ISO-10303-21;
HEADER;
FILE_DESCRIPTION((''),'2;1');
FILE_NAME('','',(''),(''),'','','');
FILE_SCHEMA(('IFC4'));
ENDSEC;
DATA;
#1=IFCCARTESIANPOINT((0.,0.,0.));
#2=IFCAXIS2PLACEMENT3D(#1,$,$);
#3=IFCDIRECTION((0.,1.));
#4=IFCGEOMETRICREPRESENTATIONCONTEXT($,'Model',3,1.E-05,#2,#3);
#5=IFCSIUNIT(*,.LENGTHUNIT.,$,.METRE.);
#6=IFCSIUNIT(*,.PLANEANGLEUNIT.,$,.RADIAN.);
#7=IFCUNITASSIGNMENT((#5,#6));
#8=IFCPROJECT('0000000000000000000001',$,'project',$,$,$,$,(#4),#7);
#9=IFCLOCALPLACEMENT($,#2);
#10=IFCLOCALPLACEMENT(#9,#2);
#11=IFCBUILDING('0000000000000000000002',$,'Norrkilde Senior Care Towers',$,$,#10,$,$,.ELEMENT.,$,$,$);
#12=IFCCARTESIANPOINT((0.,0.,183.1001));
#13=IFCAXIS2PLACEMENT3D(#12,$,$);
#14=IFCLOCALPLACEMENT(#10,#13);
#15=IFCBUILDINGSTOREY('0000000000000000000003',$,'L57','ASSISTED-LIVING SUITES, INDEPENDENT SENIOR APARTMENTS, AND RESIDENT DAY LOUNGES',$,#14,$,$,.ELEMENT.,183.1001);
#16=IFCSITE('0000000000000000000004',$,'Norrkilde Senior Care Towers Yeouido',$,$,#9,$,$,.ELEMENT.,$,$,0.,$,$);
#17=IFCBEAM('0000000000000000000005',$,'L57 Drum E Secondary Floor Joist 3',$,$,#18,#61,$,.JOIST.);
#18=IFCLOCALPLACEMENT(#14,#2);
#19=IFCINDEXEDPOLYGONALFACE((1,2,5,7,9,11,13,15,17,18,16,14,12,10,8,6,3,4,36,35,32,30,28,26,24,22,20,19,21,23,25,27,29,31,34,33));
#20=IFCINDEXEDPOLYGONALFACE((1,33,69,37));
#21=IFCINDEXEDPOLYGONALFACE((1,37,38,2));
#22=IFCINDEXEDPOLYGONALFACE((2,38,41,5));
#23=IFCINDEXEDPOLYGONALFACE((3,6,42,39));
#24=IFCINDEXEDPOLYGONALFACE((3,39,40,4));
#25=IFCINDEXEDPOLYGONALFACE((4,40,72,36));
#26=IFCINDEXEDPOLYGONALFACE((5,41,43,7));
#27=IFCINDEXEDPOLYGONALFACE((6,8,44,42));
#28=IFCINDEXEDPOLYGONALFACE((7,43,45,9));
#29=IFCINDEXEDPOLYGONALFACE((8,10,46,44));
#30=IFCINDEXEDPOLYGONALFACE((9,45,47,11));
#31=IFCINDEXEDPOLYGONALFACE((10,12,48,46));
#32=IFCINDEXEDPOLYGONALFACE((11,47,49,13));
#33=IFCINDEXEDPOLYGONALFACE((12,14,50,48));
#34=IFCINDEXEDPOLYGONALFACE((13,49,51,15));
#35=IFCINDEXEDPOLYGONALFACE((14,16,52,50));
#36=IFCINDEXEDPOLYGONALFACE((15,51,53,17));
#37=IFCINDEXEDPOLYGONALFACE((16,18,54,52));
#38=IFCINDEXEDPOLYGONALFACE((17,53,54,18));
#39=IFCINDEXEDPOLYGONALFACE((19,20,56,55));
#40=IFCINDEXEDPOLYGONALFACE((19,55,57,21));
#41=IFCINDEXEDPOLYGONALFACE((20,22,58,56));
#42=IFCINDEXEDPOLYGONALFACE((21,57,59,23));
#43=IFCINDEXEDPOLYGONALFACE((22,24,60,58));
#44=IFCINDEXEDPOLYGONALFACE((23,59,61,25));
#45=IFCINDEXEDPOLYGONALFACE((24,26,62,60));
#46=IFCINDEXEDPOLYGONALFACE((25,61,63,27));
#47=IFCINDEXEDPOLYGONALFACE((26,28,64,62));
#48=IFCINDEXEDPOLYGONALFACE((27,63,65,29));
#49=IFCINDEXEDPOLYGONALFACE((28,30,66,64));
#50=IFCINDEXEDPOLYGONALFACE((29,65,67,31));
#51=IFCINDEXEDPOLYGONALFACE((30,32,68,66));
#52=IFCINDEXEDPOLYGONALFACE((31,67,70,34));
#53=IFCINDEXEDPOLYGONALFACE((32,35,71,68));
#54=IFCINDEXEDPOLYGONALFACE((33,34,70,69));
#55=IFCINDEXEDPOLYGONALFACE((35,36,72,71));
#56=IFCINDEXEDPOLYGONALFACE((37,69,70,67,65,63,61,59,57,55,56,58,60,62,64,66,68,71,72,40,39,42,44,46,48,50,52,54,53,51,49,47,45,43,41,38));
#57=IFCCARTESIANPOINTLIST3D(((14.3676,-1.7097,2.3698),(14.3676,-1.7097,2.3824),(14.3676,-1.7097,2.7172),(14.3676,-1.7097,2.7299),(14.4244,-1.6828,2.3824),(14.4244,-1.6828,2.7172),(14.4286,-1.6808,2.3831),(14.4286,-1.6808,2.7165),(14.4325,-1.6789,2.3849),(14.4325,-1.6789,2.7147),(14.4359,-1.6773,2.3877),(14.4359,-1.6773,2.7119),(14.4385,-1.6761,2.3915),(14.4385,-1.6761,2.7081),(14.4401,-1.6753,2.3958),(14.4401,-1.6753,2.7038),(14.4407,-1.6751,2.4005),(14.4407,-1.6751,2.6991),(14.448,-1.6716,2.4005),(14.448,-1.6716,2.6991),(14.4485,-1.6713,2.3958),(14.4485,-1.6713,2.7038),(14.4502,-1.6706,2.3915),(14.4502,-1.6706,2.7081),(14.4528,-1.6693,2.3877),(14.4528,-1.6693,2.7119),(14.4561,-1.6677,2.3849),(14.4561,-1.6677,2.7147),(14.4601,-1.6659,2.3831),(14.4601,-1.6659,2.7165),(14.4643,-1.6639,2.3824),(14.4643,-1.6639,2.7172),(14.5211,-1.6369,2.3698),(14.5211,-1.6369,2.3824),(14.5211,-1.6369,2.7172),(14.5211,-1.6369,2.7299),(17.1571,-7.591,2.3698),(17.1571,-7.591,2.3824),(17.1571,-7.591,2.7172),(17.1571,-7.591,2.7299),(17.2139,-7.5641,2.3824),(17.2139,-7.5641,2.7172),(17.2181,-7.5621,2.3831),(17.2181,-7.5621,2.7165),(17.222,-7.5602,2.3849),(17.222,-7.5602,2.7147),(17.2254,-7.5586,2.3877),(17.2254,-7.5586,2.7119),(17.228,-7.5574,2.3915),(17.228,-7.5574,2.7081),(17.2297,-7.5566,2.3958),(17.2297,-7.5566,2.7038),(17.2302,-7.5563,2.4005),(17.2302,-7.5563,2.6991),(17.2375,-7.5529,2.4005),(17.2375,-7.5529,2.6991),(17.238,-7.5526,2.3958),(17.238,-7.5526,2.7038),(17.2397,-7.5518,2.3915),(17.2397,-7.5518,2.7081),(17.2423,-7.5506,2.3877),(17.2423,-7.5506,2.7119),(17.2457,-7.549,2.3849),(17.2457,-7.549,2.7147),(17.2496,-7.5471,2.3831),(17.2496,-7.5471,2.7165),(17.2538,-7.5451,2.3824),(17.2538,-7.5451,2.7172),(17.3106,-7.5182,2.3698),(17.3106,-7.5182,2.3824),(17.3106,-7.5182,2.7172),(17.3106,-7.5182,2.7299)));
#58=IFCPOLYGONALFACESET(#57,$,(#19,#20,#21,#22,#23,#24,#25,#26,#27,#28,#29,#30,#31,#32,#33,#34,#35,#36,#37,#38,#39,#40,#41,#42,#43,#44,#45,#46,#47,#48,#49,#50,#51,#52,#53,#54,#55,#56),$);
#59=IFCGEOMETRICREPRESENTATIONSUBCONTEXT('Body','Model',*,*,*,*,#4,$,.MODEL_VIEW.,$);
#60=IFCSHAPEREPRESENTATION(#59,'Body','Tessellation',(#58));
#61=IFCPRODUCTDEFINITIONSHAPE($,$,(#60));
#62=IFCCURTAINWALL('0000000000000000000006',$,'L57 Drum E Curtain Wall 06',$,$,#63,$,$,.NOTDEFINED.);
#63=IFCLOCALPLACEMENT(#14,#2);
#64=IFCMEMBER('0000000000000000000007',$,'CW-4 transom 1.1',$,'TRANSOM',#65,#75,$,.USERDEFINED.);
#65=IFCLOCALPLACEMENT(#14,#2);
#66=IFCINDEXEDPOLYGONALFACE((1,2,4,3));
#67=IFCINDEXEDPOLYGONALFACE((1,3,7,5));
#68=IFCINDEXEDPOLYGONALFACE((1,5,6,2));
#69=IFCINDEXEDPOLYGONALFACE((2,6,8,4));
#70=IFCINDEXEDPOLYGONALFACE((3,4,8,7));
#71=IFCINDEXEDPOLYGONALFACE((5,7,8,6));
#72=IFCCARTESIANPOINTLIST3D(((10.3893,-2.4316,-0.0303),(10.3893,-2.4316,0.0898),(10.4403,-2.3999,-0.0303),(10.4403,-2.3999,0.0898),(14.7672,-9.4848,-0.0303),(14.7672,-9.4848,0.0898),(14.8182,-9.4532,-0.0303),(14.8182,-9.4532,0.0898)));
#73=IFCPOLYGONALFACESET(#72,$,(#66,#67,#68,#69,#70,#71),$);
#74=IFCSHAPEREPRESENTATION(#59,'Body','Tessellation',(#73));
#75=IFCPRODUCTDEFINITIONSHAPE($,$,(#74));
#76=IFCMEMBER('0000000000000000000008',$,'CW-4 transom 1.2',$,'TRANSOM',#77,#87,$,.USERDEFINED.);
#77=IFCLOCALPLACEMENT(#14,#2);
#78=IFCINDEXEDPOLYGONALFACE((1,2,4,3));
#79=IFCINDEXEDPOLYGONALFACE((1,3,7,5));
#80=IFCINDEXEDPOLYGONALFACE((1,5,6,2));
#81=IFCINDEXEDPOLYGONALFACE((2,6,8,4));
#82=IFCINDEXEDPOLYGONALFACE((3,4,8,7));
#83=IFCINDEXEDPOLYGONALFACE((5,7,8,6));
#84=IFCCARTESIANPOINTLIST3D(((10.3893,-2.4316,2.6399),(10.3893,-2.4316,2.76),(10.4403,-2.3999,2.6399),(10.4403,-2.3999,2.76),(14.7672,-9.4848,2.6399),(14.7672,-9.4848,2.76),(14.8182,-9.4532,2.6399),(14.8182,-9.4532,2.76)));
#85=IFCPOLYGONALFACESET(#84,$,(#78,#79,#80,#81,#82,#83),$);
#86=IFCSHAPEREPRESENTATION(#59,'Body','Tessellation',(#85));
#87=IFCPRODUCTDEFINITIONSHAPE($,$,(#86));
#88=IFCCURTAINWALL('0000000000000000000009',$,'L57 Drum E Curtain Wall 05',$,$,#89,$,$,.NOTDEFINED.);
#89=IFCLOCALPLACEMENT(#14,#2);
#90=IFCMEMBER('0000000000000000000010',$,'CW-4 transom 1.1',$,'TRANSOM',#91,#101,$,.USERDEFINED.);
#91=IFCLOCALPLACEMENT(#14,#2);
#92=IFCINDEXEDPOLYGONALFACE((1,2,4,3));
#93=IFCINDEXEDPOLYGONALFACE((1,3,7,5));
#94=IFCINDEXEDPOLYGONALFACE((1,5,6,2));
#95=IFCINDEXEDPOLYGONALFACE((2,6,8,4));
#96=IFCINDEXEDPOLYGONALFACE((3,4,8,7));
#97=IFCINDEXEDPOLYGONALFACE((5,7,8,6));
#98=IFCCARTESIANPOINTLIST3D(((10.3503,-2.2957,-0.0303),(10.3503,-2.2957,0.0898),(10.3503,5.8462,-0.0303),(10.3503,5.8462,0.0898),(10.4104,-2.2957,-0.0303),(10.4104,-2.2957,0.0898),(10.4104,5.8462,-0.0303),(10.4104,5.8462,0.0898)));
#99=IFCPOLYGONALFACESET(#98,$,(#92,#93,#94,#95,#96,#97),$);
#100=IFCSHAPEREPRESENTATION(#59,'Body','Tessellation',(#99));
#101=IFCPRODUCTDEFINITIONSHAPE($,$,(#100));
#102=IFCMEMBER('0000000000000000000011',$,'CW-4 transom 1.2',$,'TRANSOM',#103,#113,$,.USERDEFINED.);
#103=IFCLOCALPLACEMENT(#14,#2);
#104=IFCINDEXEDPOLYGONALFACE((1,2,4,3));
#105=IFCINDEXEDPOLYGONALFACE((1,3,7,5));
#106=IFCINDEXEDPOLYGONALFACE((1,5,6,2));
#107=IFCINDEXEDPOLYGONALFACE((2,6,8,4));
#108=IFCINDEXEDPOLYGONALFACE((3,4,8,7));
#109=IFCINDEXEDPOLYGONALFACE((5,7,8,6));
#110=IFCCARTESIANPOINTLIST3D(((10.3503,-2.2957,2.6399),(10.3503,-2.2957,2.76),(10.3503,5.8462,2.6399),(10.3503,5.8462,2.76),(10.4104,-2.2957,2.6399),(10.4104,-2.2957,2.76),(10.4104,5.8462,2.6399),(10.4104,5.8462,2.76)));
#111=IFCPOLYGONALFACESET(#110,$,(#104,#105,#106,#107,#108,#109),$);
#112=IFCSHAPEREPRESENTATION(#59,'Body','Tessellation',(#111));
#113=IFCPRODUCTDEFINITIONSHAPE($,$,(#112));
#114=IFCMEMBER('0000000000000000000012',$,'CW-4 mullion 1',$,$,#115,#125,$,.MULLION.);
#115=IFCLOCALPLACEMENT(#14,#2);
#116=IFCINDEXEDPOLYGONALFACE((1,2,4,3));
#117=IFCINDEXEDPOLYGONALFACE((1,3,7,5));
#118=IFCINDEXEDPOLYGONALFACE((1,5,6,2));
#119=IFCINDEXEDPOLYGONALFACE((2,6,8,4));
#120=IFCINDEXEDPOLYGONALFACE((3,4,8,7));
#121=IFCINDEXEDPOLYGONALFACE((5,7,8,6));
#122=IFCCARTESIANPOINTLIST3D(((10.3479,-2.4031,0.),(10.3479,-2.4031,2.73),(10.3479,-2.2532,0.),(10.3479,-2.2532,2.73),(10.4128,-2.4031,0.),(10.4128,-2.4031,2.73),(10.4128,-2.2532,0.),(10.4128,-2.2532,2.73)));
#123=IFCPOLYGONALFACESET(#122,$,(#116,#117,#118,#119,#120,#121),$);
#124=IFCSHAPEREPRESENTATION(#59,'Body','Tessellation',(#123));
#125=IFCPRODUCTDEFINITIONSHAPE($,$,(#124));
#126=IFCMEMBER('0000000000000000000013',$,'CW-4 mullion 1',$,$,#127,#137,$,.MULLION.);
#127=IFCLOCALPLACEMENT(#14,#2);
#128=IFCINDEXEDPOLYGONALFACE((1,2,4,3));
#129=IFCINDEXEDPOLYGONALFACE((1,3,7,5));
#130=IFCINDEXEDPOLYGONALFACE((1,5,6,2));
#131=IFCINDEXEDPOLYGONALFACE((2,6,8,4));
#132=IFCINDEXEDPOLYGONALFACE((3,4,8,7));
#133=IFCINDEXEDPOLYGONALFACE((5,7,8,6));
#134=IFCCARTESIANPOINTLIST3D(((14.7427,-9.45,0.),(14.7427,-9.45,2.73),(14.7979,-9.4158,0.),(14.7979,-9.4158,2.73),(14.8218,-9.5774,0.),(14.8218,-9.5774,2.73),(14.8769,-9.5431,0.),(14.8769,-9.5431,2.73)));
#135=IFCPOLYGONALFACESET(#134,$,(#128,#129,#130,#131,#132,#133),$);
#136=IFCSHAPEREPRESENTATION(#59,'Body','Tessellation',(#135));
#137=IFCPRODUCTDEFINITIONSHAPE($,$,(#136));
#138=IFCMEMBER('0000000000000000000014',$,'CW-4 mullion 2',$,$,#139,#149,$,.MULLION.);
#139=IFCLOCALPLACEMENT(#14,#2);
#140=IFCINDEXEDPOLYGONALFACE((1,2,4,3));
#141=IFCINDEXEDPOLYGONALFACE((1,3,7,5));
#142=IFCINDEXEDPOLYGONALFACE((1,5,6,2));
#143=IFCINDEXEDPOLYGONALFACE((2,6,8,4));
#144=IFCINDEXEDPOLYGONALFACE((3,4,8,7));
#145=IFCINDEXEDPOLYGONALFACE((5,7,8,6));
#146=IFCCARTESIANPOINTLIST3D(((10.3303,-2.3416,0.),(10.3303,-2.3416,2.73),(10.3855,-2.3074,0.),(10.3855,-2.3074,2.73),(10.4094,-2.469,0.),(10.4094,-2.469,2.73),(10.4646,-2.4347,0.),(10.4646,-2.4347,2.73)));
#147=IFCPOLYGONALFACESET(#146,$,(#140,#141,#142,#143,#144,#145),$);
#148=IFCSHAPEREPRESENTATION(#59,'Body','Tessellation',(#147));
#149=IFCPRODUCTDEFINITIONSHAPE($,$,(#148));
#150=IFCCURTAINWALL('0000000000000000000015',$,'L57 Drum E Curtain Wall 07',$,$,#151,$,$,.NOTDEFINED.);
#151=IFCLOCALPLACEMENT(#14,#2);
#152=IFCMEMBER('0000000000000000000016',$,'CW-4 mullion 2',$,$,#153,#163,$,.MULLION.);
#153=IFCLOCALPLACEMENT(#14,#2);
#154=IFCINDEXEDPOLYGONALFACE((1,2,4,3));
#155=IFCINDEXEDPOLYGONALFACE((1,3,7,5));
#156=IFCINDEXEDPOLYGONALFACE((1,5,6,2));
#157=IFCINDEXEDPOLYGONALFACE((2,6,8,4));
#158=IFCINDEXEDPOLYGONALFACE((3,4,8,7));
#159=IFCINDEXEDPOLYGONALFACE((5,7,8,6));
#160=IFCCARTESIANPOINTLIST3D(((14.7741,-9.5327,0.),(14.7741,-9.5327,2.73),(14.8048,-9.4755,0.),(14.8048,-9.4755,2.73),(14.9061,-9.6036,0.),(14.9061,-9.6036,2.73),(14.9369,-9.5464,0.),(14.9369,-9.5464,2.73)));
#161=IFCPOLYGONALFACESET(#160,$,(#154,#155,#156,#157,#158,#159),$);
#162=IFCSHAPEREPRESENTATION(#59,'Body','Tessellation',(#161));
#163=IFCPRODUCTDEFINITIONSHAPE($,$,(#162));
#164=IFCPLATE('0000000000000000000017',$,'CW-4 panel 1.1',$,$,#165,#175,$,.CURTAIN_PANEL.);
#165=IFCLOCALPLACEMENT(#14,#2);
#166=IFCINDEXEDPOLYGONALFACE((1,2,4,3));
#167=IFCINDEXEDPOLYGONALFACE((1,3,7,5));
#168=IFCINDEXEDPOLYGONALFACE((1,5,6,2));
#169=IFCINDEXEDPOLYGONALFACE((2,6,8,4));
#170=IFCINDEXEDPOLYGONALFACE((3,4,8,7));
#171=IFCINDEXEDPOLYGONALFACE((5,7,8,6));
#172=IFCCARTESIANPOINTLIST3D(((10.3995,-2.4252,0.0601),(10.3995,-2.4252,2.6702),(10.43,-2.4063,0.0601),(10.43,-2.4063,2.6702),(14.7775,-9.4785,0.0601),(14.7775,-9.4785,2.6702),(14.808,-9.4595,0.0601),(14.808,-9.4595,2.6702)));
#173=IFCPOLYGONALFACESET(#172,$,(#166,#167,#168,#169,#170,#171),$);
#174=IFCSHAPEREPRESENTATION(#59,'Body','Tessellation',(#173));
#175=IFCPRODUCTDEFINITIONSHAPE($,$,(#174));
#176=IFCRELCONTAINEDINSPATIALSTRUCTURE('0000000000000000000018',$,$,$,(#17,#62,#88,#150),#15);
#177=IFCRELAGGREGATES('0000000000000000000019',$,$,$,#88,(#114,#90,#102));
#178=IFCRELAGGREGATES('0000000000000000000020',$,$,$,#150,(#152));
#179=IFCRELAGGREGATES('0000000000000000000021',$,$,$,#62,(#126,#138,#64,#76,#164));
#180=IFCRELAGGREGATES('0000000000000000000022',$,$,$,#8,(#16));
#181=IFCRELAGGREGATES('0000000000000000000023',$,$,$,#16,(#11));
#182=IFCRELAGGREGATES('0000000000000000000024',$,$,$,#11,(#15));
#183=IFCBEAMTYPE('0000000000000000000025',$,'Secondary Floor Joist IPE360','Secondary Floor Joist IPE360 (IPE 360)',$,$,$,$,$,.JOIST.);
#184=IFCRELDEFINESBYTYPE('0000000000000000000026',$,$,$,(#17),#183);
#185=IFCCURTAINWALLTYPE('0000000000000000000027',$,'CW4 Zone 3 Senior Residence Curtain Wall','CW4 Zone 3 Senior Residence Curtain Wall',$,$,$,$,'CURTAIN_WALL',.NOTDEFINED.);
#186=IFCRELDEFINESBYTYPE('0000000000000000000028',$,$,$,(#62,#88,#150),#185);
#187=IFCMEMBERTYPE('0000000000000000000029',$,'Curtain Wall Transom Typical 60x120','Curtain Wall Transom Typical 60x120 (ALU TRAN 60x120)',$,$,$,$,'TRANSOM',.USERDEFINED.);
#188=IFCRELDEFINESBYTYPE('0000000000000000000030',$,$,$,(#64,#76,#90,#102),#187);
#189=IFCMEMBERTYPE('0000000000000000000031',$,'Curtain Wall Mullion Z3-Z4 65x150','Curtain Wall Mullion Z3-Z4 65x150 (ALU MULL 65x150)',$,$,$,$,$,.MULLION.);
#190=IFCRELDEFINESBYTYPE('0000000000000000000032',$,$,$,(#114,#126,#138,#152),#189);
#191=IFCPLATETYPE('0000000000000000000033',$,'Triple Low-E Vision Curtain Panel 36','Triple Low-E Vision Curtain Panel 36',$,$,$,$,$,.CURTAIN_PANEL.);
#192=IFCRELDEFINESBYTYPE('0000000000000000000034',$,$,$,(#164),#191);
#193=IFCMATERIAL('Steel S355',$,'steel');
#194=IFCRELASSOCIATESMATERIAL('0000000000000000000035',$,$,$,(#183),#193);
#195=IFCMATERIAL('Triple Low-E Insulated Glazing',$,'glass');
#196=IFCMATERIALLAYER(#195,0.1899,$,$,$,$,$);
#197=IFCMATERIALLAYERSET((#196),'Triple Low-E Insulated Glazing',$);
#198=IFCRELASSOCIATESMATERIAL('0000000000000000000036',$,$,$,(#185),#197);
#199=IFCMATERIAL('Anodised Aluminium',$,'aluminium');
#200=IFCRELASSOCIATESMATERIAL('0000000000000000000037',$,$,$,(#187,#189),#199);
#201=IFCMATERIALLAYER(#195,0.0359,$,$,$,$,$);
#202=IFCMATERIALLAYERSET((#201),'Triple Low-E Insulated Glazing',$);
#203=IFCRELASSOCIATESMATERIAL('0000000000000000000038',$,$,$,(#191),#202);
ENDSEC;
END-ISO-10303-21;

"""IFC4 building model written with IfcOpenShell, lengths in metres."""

from ifc_helpers import new_model, si_unit, direction, frame, origin, origin_2d, place, context, subcontext, project, spatial, rectangle, i_section, extrude, source, transform, mapped, material, layer, layer_set, material_profile, profile_set, type_object, type_shapes, element, aggregate, save


model = new_model("IFC4")

# Units and contexts
model_context = context("Model", 3, precision=1e-05, world=origin(), true_north=direction((0.0, 1.0)))
body_context = subcontext(model_context, "Body", "Model", "MODEL_VIEW")
ifc_project = project(units=[si_unit("LENGTHUNIT", "METRE"), si_unit("PLANEANGLEUNIT", "RADIAN")], contexts=[model_context])

# Site, building, storey
site_placement = place(None, origin())
site = spatial("IfcSite", under=ifc_project, at=site_placement, Name="Norrkilde Senior Care Towers Yeouido", CompositionType="ELEMENT", RefElevation=0.0)
building_placement = place(site_placement, origin())
building = spatial("IfcBuilding", under=site, at=building_placement, Name="Norrkilde Senior Care Towers", CompositionType="ELEMENT")
storey_placement = place(building_placement, frame((0.0, 0.0, 183.1001)))
storey = spatial("IfcBuildingStorey", under=building, at=storey_placement, Name="L57", Description="ASSISTED-LIVING SUITES, INDEPENDENT SENIOR APARTMENTS, AND RESIDENT DAY LOUNGES", CompositionType="ELEMENT", Elevation=183.1001)

# Beam
ifc_material_1 = material(Name="Steel S355", Category="steel")
ifc_material_profile_1 = material_profile(ifc_material_1, i_section(OverallWidth=0.1699, OverallDepth=0.3601, WebThickness=0.0081, FlangeThickness=0.0127, FilletRadius=0.0181, at=origin_2d()), Name="IPE 360")
ifc_profile_set_1 = profile_set([ifc_material_profile_1], Name="Steel S355")
beam_type_1 = type_object("IfcBeamType", Name="Secondary Floor Joist IPE360", Description="Secondary Floor Joist IPE360 (IPE 360)", PredefinedType="JOIST", material=ifc_profile_set_1)
shared_shape_1 = source(origin(), body_context, "Body", "SweptSolid", [
    extrude(i_section(OverallWidth=0.1699, OverallDepth=0.3601, WebThickness=0.0081, FlangeThickness=0.0127, FilletRadius=0.0181, at=origin_2d()), origin(), (0.0, 0.0, 1.0), 6.5093),
])
type_shapes(beam_type_1, [shared_shape_1])
beam_1_placement = place(storey_placement, frame((14.4443, -1.6733, 2.5498), z_axis=(0.428544, -0.903521, 0.0), x_axis=(0.903521, 0.428544, 0.0)))
element("IfcBeam", 1, at=beam_1_placement, inside=storey, type_object=beam_type_1, Name="L57 Drum E Secondary Floor Joist 3", PredefinedType="JOIST", context=body_context, shape_type="MappedRepresentation", body=[
    mapped(shared_shape_1, transform((0.0, 0.0, 0.0), x_axis=(1.0, 0.0, 0.0), y_axis=(0.0, 1.0, 0.0), z_axis=(0.0, 0.0, 1.0), scale=1.0)),
])

# Curtain walls, members
ifc_material_2 = material(Name="Triple Low-E Insulated Glazing", Category="glass")
ifc_layer_1 = layer(ifc_material_2, 0.1899)
ifc_layer_set_1 = layer_set([ifc_layer_1], Name="Triple Low-E Insulated Glazing")
curtain_wall_type = type_object("IfcCurtainWallType", Name="CW4 Zone 3 Senior Residence Curtain Wall", Description="CW4 Zone 3 Senior Residence Curtain Wall", ElementType="CURTAIN_WALL", PredefinedType="NOTDEFINED", material=ifc_layer_set_1)
curtain_wall_1_placement = place(storey_placement, origin())
curtain_wall_1 = element("IfcCurtainWall", 2, at=curtain_wall_1_placement, inside=storey, type_object=curtain_wall_type, Name="L57 Drum E Curtain Wall 06", PredefinedType="NOTDEFINED")
ifc_material_3 = material(Name="Anodised Aluminium", Category="aluminium")
ifc_material_profile_2 = material_profile(ifc_material_3, rectangle(XDim=0.0601, YDim=0.1201, at=origin_2d()), Name="ALU TRAN 60x120")
ifc_profile_set_2 = profile_set([ifc_material_profile_2], Name="Anodised Aluminium")
member_type_1 = type_object("IfcMemberType", Name="Curtain Wall Transom Typical 60x120", Description="Curtain Wall Transom Typical 60x120 (ALU TRAN 60x120)", ElementType="TRANSOM", PredefinedType="USERDEFINED", material=ifc_profile_set_2)
shared_shape_2 = source(origin(), body_context, "Body", "SweptSolid", [
    extrude(rectangle(XDim=0.0601, YDim=0.1201, at=origin_2d()), origin(), (0.0, 0.0, 1.0), 8.3015),
])
member_1_placement = place(storey_placement, frame((14.7927, -9.469, 0.0298), z_axis=(-0.527369, 0.849637, 0.0), x_axis=(-0.849637, -0.527369, 0.0)))
member_1 = element("IfcMember", 3, at=member_1_placement, type_object=member_type_1, Name="CW-4 transom 1.1", ObjectType="TRANSOM", PredefinedType="USERDEFINED", context=body_context, shape_type="MappedRepresentation", body=[
    mapped(shared_shape_2, transform((0.0, 0.0, 0.0), x_axis=(1.0, 0.0, 0.0), y_axis=(0.0, 1.0, 0.0), z_axis=(0.0, 0.0, 1.0), scale=1.0)),
])
member_2_placement = place(storey_placement, frame((14.7927, -9.469, 2.7), z_axis=(-0.527369, 0.849637, 0.0), x_axis=(-0.849637, -0.527369, 0.0)))
member_2 = element("IfcMember", 4, at=member_2_placement, type_object=member_type_1, Name="CW-4 transom 1.2", ObjectType="TRANSOM", PredefinedType="USERDEFINED", context=body_context, shape_type="MappedRepresentation", body=[
    mapped(shared_shape_2, transform((0.0, 0.0, 0.0), x_axis=(1.0, 0.0, 0.0), y_axis=(0.0, 1.0, 0.0), z_axis=(0.0, 0.0, 1.0), scale=1.0)),
])
curtain_wall_2_placement = place(storey_placement, origin())
curtain_wall_2 = element("IfcCurtainWall", 5, at=curtain_wall_2_placement, inside=storey, type_object=curtain_wall_type, Name="L57 Drum E Curtain Wall 05", PredefinedType="NOTDEFINED")
shared_shape_3 = source(origin(), body_context, "Body", "SweptSolid", [
    extrude(rectangle(XDim=0.0601, YDim=0.1201, at=origin_2d()), origin(), (0.0, 0.0, 1.0), 8.1418),
])
type_shapes(member_type_1, [shared_shape_2, shared_shape_3])
member_3_placement = place(storey_placement, frame((10.3804, -2.2957, 0.0298), z_axis=(0.0, 1.0, 0.0), x_axis=(-1.0, 0.0, 0.0)))
member_3 = element("IfcMember", 6, at=member_3_placement, type_object=member_type_1, Name="CW-4 transom 1.1", ObjectType="TRANSOM", PredefinedType="USERDEFINED", context=body_context, shape_type="MappedRepresentation", body=[
    mapped(shared_shape_3, transform((0.0, 0.0, 0.0), x_axis=(1.0, 0.0, 0.0), y_axis=(0.0, 1.0, 0.0), z_axis=(0.0, 0.0, 1.0), scale=1.0)),
])
member_4_placement = place(storey_placement, frame((10.3804, -2.2957, 2.7), z_axis=(0.0, 1.0, 0.0), x_axis=(-1.0, 0.0, 0.0)))
member_4 = element("IfcMember", 7, at=member_4_placement, type_object=member_type_1, Name="CW-4 transom 1.2", ObjectType="TRANSOM", PredefinedType="USERDEFINED", context=body_context, shape_type="MappedRepresentation", body=[
    mapped(shared_shape_3, transform((0.0, 0.0, 0.0), x_axis=(1.0, 0.0, 0.0), y_axis=(0.0, 1.0, 0.0), z_axis=(0.0, 0.0, 1.0), scale=1.0)),
])
ifc_material_profile_3 = material_profile(ifc_material_3, rectangle(XDim=0.0649, YDim=0.1499, at=origin_2d()), Name="ALU MULL 65x150")
ifc_profile_set_3 = profile_set([ifc_material_profile_3], Name="Anodised Aluminium")
member_type_2 = type_object("IfcMemberType", Name="Curtain Wall Mullion Z3-Z4 65x150", Description="Curtain Wall Mullion Z3-Z4 65x150 (ALU MULL 65x150)", PredefinedType="MULLION", material=ifc_profile_set_3)
shared_shape_4 = source(origin(), body_context, "Body", "SweptSolid", [
    extrude(rectangle(XDim=0.0649, YDim=0.1499, at=origin_2d()), origin(), (0.0, 0.0, 1.0), 2.73),
])
type_shapes(member_type_2, [shared_shape_4])
member_5_placement = place(storey_placement, frame((10.3804, -2.3281, 0.0), z_axis=(0.0, 0.0, 1.0), x_axis=(-1.0, 0.0, 0.0)))
member_5 = element("IfcMember", 8, at=member_5_placement, type_object=member_type_2, Name="CW-4 mullion 1", PredefinedType="MULLION", context=body_context, shape_type="MappedRepresentation", body=[
    mapped(shared_shape_4, transform((0.0, 0.0, 0.0), x_axis=(1.0, 0.0, 0.0), y_axis=(0.0, 1.0, 0.0), z_axis=(0.0, 0.0, 1.0), scale=1.0)),
])
aggregate(curtain_wall_2, [member_5, member_3, member_4])

# Members
member_6_placement = place(storey_placement, frame((14.8098, -9.4966, 0.0), z_axis=(0.0, 0.0, 1.0), x_axis=(-0.849634, -0.527373, 0.0)))
member_6 = element("IfcMember", 9, at=member_6_placement, type_object=member_type_2, Name="CW-4 mullion 1", PredefinedType="MULLION", context=body_context, shape_type="MappedRepresentation", body=[
    mapped(shared_shape_4, transform((0.0, 0.0, 0.0), x_axis=(1.0, 0.0, 0.0), y_axis=(0.0, 1.0, 0.0), z_axis=(0.0, 0.0, 1.0), scale=1.0)),
])
member_7_placement = place(storey_placement, frame((10.3975, -2.3882, 0.0), z_axis=(0.0, 0.0, 1.0), x_axis=(-0.849634, -0.527373, 0.0)))
member_7 = element("IfcMember", 10, at=member_7_placement, type_object=member_type_2, Name="CW-4 mullion 2", PredefinedType="MULLION", context=body_context, shape_type="MappedRepresentation", body=[
    mapped(shared_shape_4, transform((0.0, 0.0, 0.0), x_axis=(1.0, 0.0, 0.0), y_axis=(0.0, 1.0, 0.0), z_axis=(0.0, 0.0, 1.0), scale=1.0)),
])

# Curtain wall, member
curtain_wall_3_placement = place(storey_placement, origin())
curtain_wall_3 = element("IfcCurtainWall", 11, at=curtain_wall_3_placement, inside=storey, type_object=curtain_wall_type, Name="L57 Drum E Curtain Wall 07", PredefinedType="NOTDEFINED")
member_8_placement = place(storey_placement, frame((14.8555, -9.5396, 0.0), z_axis=(0.0, 0.0, 1.0), x_axis=(-0.473117, -0.881, 0.0)))
member_8 = element("IfcMember", 12, at=member_8_placement, type_object=member_type_2, Name="CW-4 mullion 2", PredefinedType="MULLION", context=body_context, shape_type="MappedRepresentation", body=[
    mapped(shared_shape_4, transform((0.0, 0.0, 0.0), x_axis=(1.0, 0.0, 0.0), y_axis=(0.0, 1.0, 0.0), z_axis=(0.0, 0.0, 1.0), scale=1.0)),
])
aggregate(curtain_wall_3, [member_8])

# Plate
ifc_layer_2 = layer(ifc_material_2, 0.0359)
ifc_layer_set_2 = layer_set([ifc_layer_2], Name="Triple Low-E Insulated Glazing")
plate_type = type_object("IfcPlateType", Name="Triple Low-E Vision Curtain Panel 36", Description="Triple Low-E Vision Curtain Panel 36", PredefinedType="CURTAIN_PANEL", material=ifc_layer_set_2)
shared_shape_5 = source(origin(), body_context, "Body", "SweptSolid", [
    extrude(rectangle(XDim=8.3015, YDim=0.0359, at=origin_2d()), origin(), (0.0, 0.0, 1.0), 2.6101),
])
type_shapes(plate_type, [shared_shape_5])
plate_placement = place(storey_placement, frame((12.6038, -5.9424, 0.0601), z_axis=(0.0, 0.0, 1.0), x_axis=(-0.527373, 0.849634, 0.0)))
plate = element("IfcPlate", 13, at=plate_placement, type_object=plate_type, Name="CW-4 panel 1.1", PredefinedType="CURTAIN_PANEL", context=body_context, shape_type="MappedRepresentation", body=[
    mapped(shared_shape_5, transform((0.0, 0.0, 0.0), x_axis=(1.0, 0.0, 0.0), y_axis=(0.0, 1.0, 0.0), z_axis=(0.0, 0.0, 1.0), scale=1.0)),
])
aggregate(curtain_wall_1, [member_6, member_7, member_1, member_2, plate])

save(model, "model.ifc")
